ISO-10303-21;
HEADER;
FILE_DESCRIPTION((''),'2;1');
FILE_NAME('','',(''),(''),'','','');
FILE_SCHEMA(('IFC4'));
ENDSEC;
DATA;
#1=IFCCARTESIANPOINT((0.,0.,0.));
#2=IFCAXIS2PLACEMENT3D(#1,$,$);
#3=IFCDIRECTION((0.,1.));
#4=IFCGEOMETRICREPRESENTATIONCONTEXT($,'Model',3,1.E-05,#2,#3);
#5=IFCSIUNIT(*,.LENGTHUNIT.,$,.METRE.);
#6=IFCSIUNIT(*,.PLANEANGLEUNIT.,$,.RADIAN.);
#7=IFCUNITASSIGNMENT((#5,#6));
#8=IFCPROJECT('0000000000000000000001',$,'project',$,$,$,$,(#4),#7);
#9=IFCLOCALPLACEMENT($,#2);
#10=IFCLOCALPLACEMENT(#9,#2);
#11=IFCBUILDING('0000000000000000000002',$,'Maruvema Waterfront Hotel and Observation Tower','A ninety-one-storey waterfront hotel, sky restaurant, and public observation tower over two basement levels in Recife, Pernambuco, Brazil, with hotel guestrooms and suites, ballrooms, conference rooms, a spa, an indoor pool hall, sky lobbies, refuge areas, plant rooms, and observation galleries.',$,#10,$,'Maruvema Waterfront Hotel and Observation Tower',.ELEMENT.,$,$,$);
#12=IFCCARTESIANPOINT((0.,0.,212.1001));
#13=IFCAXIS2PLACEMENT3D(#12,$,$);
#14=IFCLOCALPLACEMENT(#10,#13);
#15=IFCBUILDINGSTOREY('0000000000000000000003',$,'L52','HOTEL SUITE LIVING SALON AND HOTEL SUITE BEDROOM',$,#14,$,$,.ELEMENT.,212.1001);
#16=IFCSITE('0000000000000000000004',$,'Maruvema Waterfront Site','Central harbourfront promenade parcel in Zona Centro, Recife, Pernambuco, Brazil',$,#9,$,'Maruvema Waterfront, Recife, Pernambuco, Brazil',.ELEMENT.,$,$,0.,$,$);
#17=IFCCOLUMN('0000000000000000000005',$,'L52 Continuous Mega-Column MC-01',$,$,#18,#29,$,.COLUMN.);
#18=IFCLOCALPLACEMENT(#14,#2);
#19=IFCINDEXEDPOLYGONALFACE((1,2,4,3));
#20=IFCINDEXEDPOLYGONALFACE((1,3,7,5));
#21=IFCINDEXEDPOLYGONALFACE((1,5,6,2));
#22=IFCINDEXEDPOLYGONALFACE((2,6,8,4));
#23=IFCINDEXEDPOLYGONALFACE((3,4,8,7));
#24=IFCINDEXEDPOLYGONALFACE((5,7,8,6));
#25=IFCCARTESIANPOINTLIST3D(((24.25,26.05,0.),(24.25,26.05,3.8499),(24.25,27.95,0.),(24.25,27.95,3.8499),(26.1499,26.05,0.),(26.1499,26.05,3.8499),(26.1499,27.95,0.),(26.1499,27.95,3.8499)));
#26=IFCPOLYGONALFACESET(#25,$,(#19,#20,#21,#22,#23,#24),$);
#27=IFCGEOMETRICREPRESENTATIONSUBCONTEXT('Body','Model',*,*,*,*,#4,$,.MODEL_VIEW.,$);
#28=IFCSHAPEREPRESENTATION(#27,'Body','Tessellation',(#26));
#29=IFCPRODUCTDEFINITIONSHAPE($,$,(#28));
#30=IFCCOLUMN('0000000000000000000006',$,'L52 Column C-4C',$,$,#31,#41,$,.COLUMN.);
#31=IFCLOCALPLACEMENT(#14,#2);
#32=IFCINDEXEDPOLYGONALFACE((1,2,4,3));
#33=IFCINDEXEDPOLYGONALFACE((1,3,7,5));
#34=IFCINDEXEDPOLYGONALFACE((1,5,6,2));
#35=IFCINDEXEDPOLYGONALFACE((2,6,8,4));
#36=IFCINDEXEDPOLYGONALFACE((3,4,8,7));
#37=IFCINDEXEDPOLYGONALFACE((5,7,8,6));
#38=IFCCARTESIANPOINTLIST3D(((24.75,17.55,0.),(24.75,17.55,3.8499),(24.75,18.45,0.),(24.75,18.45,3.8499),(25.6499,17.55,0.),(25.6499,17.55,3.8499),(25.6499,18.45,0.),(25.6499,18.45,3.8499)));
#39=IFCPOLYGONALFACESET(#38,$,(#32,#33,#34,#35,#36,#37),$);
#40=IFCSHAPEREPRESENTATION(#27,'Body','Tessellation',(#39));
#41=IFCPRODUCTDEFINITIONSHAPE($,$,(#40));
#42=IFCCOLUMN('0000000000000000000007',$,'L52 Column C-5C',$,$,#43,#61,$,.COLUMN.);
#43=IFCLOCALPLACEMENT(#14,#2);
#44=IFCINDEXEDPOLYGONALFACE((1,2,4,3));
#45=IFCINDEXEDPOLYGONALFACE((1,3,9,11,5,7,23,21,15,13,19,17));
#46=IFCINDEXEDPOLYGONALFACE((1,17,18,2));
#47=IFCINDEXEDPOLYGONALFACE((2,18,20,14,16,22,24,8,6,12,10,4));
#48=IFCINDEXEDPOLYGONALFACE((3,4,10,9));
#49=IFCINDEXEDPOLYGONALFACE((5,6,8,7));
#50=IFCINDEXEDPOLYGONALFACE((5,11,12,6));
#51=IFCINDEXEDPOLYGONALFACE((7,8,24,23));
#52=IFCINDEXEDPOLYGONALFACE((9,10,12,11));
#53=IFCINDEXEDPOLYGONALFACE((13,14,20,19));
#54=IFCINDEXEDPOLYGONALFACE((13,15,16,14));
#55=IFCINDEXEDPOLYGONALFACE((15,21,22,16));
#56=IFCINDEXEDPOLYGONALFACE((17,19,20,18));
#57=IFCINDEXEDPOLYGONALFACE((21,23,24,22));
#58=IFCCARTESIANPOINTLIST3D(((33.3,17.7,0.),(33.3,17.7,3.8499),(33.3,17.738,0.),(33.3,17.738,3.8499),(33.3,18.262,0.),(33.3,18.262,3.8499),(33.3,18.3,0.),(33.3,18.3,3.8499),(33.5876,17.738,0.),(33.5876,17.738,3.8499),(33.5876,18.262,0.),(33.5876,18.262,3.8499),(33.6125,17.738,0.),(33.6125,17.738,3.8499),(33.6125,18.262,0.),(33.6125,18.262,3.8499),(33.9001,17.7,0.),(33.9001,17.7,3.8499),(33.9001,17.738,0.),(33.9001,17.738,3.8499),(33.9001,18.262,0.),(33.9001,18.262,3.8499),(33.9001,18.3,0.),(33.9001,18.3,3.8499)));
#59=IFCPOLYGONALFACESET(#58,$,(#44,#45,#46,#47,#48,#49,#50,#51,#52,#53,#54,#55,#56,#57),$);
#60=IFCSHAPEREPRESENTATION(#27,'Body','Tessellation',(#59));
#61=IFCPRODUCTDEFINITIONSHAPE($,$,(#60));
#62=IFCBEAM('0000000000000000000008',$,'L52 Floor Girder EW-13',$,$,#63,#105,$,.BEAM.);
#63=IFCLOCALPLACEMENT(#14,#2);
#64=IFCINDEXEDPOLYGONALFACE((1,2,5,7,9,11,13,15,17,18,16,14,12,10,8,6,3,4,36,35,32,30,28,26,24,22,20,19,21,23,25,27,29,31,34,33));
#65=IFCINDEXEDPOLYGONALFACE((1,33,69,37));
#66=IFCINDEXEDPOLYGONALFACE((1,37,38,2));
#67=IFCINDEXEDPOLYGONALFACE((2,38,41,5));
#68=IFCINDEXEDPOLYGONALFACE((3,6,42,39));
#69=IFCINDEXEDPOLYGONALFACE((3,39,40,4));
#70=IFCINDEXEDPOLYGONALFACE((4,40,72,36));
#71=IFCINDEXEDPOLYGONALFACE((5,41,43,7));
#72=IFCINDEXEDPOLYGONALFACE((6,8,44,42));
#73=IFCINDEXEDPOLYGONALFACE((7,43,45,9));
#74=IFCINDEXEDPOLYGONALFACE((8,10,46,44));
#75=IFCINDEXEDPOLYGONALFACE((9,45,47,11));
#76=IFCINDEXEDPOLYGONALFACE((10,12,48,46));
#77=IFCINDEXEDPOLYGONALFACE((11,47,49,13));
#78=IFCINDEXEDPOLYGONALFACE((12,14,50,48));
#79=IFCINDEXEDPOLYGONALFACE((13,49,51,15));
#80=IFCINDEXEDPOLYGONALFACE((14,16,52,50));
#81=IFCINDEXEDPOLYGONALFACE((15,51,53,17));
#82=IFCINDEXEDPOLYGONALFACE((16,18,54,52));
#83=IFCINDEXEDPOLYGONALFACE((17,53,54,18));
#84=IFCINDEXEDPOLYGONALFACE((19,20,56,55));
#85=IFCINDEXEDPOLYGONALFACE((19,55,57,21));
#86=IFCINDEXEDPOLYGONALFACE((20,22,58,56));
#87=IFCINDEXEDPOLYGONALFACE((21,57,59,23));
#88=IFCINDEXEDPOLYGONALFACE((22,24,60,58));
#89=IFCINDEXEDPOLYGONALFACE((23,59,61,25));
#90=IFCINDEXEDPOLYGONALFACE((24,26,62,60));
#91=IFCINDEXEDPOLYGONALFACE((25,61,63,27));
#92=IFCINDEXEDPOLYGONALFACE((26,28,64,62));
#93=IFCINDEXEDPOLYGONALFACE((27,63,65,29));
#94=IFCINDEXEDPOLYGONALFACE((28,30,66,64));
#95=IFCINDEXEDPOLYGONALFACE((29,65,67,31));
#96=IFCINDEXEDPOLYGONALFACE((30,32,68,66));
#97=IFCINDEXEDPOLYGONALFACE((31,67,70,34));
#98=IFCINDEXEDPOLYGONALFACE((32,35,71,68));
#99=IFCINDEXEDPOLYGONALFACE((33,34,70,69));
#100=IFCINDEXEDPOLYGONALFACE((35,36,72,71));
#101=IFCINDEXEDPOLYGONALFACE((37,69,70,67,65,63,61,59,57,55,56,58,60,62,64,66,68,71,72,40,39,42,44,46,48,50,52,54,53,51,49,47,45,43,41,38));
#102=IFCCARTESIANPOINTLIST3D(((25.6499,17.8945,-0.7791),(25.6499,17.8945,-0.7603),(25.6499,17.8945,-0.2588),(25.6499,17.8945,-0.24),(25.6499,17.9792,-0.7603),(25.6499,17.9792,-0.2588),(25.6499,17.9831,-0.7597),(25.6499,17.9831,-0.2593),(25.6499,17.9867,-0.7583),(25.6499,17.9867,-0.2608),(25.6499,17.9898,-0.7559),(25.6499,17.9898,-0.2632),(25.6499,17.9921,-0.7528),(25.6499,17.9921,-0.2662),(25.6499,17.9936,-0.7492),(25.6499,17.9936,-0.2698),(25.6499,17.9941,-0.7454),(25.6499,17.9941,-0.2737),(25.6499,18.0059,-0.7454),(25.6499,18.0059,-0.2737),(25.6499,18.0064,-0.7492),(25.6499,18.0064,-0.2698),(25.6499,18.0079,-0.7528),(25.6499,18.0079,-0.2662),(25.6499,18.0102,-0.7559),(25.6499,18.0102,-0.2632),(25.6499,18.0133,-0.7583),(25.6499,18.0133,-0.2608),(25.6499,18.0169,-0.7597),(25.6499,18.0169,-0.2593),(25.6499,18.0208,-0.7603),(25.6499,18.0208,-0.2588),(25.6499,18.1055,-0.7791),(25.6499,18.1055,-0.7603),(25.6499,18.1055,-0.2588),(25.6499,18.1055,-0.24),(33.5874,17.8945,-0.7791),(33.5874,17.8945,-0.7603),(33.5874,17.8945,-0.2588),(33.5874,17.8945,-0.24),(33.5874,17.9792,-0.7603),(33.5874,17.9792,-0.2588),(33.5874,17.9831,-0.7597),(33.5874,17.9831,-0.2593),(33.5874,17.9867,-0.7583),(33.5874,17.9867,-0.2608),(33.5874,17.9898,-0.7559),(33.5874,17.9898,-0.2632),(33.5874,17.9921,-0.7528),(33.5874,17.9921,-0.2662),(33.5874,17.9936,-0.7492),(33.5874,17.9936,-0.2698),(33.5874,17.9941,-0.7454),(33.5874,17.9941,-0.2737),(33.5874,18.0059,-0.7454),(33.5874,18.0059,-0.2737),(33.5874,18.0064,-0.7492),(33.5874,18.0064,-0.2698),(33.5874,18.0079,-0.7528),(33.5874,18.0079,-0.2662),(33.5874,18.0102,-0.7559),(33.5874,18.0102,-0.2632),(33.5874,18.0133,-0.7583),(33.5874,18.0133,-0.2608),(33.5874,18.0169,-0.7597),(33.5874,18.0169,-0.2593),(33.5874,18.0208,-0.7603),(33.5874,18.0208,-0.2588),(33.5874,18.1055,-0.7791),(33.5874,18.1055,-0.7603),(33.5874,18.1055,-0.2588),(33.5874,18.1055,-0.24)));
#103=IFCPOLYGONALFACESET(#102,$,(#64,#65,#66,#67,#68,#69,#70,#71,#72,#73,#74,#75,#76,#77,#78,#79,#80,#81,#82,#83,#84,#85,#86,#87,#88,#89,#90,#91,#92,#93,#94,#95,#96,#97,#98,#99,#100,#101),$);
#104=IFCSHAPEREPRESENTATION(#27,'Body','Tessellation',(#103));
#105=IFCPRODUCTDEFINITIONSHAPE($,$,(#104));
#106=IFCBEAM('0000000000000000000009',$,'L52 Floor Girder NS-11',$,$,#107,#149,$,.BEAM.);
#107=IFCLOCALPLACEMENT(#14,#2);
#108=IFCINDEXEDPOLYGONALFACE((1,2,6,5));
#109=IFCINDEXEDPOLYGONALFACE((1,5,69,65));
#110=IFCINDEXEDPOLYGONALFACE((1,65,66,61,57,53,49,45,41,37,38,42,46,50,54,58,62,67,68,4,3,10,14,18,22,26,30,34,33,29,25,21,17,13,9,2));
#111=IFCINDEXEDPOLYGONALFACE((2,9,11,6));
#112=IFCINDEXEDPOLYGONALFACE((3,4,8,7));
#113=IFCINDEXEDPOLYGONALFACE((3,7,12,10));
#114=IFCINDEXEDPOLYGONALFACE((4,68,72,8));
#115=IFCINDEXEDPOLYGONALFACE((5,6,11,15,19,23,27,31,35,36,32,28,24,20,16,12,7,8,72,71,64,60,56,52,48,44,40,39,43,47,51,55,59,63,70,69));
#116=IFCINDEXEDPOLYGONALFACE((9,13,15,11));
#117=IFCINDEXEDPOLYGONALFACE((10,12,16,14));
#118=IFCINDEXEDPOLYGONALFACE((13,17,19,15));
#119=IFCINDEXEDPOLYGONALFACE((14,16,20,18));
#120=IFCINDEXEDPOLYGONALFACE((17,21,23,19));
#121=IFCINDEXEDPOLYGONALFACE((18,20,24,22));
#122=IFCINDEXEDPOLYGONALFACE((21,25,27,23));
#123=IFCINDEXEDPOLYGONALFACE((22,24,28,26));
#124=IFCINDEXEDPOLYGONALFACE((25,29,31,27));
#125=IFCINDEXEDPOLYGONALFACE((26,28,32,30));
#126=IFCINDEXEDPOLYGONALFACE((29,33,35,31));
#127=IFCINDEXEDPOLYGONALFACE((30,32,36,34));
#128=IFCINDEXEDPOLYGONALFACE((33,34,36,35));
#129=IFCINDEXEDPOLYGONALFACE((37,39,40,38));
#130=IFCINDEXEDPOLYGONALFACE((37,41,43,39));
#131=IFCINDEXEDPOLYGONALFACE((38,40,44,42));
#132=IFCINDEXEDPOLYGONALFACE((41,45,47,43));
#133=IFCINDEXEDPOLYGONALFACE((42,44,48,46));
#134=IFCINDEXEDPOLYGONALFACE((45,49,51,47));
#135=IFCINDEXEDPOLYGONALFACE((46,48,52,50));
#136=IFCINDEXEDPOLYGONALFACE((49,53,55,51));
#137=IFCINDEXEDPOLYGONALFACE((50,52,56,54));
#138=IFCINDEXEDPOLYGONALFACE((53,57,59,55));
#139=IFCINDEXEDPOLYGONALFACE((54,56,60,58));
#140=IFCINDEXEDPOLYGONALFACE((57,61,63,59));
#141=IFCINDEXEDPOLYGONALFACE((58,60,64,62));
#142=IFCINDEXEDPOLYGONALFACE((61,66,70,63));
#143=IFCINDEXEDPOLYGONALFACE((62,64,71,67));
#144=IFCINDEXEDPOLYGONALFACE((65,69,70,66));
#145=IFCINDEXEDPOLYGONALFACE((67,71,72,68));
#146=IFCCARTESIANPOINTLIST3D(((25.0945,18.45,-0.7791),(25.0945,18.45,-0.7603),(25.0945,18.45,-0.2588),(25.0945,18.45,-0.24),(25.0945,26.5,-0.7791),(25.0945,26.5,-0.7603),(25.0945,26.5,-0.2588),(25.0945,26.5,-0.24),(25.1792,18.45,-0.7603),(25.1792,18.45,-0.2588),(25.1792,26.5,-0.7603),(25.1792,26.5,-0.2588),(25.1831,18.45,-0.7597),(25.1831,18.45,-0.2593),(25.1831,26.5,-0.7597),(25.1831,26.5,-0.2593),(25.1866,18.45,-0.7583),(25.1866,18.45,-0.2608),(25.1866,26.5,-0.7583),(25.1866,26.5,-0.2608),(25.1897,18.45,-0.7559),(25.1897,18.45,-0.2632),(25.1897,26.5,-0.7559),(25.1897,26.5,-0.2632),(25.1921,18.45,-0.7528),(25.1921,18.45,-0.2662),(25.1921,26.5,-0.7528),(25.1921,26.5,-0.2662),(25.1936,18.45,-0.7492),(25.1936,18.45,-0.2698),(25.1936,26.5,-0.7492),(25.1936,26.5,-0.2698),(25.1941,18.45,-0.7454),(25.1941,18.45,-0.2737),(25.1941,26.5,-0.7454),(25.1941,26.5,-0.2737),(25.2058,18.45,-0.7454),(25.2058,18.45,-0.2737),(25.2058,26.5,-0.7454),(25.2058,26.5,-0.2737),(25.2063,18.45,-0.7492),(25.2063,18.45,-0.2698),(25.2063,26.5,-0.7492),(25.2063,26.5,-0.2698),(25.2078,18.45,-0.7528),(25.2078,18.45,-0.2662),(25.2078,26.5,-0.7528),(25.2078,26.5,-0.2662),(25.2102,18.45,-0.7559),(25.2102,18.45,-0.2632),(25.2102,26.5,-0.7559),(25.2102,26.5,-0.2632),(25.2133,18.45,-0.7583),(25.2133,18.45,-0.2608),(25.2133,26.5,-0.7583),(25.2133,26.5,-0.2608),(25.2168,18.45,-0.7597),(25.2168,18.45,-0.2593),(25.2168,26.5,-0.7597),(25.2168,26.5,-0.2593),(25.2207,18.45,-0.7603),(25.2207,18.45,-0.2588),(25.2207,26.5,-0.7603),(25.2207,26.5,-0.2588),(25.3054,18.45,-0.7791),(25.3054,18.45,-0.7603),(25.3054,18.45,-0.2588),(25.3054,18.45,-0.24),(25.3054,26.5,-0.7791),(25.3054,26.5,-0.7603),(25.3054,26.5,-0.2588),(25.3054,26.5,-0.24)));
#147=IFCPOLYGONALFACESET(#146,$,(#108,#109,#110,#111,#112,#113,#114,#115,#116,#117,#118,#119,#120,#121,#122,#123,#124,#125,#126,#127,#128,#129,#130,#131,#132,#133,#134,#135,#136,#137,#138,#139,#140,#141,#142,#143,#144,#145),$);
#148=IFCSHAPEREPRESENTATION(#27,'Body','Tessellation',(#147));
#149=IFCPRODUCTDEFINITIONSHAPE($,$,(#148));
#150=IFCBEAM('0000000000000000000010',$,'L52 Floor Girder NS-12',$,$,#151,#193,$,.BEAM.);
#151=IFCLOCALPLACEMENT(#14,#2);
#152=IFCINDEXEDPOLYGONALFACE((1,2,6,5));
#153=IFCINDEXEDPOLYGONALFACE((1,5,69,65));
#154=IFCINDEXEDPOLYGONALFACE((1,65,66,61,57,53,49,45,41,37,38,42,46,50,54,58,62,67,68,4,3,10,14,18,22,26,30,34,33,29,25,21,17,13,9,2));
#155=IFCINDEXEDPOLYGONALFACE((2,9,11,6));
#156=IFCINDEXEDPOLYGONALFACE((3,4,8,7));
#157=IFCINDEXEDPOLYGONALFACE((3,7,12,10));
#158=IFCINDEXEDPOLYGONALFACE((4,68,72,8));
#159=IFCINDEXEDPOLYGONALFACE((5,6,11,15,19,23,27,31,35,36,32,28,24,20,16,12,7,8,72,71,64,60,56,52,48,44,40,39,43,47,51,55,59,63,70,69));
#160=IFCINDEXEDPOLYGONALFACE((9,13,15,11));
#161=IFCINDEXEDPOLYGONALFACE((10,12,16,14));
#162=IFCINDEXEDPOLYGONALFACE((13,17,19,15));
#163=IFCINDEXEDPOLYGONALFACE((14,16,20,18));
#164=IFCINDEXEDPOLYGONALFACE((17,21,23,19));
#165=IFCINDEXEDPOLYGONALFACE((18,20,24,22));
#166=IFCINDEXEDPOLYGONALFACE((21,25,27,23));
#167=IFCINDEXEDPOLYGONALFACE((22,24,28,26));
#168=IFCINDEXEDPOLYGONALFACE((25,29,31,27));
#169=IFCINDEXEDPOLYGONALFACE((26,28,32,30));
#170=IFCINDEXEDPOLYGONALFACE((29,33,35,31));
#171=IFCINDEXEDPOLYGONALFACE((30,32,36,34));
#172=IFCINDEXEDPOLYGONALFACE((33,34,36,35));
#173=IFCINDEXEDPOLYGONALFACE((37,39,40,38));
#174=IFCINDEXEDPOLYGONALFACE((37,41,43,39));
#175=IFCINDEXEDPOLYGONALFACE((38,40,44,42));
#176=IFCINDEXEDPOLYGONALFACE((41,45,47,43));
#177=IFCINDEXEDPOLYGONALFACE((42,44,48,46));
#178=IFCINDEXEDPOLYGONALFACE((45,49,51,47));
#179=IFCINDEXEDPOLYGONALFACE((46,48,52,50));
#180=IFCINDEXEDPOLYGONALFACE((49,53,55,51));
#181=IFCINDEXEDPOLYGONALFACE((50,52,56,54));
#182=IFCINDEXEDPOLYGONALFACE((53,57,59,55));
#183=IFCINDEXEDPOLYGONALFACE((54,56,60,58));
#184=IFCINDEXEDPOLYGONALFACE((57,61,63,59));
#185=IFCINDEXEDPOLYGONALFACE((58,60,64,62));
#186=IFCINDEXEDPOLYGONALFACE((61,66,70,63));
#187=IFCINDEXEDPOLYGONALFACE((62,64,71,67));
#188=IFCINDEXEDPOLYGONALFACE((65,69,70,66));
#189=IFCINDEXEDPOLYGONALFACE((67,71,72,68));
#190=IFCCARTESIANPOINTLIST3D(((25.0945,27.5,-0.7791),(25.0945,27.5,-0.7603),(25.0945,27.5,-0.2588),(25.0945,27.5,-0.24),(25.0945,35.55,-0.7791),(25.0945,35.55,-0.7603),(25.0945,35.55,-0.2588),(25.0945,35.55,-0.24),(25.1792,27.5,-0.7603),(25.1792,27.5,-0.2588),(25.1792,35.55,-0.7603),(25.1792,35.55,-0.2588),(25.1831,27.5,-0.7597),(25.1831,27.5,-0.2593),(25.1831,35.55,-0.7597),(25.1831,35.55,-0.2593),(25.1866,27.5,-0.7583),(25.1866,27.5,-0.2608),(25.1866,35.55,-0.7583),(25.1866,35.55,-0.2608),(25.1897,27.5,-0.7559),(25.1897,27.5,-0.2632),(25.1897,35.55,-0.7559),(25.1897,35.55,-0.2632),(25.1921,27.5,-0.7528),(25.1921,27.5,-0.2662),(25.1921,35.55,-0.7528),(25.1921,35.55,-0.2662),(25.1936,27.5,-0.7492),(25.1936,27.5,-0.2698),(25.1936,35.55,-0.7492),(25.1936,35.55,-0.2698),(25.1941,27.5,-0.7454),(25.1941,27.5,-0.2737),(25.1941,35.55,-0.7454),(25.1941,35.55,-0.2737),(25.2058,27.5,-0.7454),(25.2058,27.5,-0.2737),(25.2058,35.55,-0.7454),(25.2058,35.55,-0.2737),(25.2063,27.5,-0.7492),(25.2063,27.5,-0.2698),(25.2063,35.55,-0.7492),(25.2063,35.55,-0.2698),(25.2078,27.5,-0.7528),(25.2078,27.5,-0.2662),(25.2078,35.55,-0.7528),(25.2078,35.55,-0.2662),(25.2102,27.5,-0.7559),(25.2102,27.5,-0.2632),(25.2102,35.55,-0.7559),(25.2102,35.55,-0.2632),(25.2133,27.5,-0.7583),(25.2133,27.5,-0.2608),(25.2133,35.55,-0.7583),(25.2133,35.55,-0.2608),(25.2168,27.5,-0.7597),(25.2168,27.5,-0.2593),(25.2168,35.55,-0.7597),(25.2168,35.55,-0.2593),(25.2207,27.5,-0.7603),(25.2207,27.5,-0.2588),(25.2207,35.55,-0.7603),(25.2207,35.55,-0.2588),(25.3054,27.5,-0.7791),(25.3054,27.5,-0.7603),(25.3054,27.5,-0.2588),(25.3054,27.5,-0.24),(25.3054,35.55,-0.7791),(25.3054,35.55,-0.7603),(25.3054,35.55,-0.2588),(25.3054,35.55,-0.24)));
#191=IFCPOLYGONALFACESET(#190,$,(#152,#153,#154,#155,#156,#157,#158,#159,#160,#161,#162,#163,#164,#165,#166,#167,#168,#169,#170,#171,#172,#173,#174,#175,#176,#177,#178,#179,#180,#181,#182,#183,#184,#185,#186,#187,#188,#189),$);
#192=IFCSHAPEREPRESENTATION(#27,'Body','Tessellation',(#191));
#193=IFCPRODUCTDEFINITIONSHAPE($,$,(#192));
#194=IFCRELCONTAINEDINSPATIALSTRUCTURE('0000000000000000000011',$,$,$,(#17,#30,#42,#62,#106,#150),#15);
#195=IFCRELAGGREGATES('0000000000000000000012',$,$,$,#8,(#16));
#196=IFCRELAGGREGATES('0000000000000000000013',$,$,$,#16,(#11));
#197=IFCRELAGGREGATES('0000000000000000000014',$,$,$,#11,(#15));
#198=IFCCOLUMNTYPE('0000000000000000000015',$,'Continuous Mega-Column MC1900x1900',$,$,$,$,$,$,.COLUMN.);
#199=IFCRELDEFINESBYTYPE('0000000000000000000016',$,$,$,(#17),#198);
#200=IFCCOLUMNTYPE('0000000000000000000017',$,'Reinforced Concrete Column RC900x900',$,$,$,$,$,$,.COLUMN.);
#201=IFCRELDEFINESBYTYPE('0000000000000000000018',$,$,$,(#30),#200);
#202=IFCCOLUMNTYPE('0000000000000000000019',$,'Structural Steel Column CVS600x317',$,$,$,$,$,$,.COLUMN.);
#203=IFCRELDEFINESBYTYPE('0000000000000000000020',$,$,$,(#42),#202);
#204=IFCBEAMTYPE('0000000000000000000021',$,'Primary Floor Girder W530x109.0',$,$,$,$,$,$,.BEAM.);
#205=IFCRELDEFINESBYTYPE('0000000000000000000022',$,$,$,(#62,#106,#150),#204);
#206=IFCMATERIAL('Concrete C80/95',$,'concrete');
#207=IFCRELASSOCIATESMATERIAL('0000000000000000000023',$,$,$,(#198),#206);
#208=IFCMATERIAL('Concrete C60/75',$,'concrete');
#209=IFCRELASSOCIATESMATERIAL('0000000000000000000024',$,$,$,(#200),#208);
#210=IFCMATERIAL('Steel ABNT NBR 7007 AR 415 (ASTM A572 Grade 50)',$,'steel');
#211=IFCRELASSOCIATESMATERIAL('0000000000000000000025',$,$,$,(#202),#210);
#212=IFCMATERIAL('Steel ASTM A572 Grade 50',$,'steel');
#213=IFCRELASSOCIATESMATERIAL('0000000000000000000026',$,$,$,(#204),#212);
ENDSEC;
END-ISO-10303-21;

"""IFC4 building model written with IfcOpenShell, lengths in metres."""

from ifc_helpers import new_model, si_unit, direction, frame, origin, origin_2d, place, context, subcontext, project, spatial, rectangle, i_section, extrude, material, material_profile, profile_set, type_object, element, save


model = new_model("IFC4")

# Units and contexts
model_context = context("Model", 3, precision=1e-05, world=origin(), true_north=direction((0.0, 1.0)))
body_context = subcontext(model_context, "Body", "Model", "MODEL_VIEW")
ifc_project = project(units=[si_unit("LENGTHUNIT", "METRE"), si_unit("PLANEANGLEUNIT", "RADIAN")], contexts=[model_context])

# Site, building, storey
site_placement = place(None, origin())
site = spatial("IfcSite", under=ifc_project, at=site_placement, Name="Maruvema Waterfront Site", Description="Central harbourfront promenade parcel in Zona Centro, Recife, Pernambuco, Brazil", LongName="Maruvema Waterfront, Recife, Pernambuco, Brazil", CompositionType="ELEMENT", RefElevation=0.0)
building_placement = place(site_placement, origin())
building = spatial("IfcBuilding", under=site, at=building_placement, Name="Maruvema Waterfront Hotel and Observation Tower", Description="A ninety-one-storey waterfront hotel, sky restaurant, and public observation tower over two basement levels in Recife, Pernambuco, Brazil, with hotel guestrooms and suites, ballrooms, conference rooms, a spa, an indoor pool hall, sky lobbies, refuge areas, plant rooms, and observation galleries.", LongName="Maruvema Waterfront Hotel and Observation Tower", CompositionType="ELEMENT")
storey_placement = place(building_placement, frame((0.0, 0.0, 212.1001)))
storey = spatial("IfcBuildingStorey", under=building, at=storey_placement, Name="L52", Description="HOTEL SUITE LIVING SALON AND HOTEL SUITE BEDROOM", CompositionType="ELEMENT", Elevation=212.1001)

# Columns
ifc_material_1 = material(Name="Concrete C80/95", Category="concrete")
ifc_material_profile_1 = material_profile(ifc_material_1, rectangle(XDim=1.8999, YDim=1.8999, at=origin_2d()), Name="MC1900x1900")
ifc_profile_set_1 = profile_set([ifc_material_profile_1], Name="Concrete C80/95")
column_type_1 = type_object("IfcColumnType", Name="Continuous Mega-Column MC1900x1900", PredefinedType="COLUMN", material=ifc_profile_set_1)
column_1_placement = place(storey_placement, frame((25.2, 27.0, 0.0), z_axis=(0.0, 0.0, 1.0), x_axis=(1.0, 0.0, 0.0)))
element("IfcColumn", 1, at=column_1_placement, inside=storey, type_object=column_type_1, Name="L52 Continuous Mega-Column MC-01", PredefinedType="COLUMN", context=body_context, shape_type="SweptSolid", body=[
    extrude(rectangle(XDim=1.8999, YDim=1.8999, at=origin_2d()), origin(), (0.0, 0.0, 1.0), 3.8499),
])
ifc_material_2 = material(Name="Concrete C60/75", Category="concrete")
ifc_material_profile_2 = material_profile(ifc_material_2, rectangle(XDim=0.8999, YDim=0.8999, at=origin_2d()), Name="RC900x900")
ifc_profile_set_2 = profile_set([ifc_material_profile_2], Name="Concrete C60/75")
column_type_2 = type_object("IfcColumnType", Name="Reinforced Concrete Column RC900x900", PredefinedType="COLUMN", material=ifc_profile_set_2)
column_2_placement = place(storey_placement, frame((25.2, 18.0, 0.0), z_axis=(0.0, 0.0, 1.0), x_axis=(1.0, 0.0, 0.0)))
element("IfcColumn", 2, at=column_2_placement, inside=storey, type_object=column_type_2, Name="L52 Column C-4C", PredefinedType="COLUMN", context=body_context, shape_type="SweptSolid", body=[
    extrude(rectangle(XDim=0.8999, YDim=0.8999, at=origin_2d()), origin(), (0.0, 0.0, 1.0), 3.8499),
])
ifc_material_3 = material(Name="Steel ABNT NBR 7007 AR 415 (ASTM A572 Grade 50)", Category="steel")
ifc_material_profile_3 = material_profile(ifc_material_3, i_section(OverallWidth=0.6001, OverallDepth=0.6001, WebThickness=0.0249, FlangeThickness=0.0381, at=origin_2d()), Name="CVS600x317")
ifc_profile_set_3 = profile_set([ifc_material_profile_3], Name="Steel ABNT NBR 7007 AR 415 (ASTM A572 Grade 50)")
column_type_3 = type_object("IfcColumnType", Name="Structural Steel Column CVS600x317", PredefinedType="COLUMN", material=ifc_profile_set_3)
column_3_placement = place(storey_placement, frame((33.6001, 18.0, 0.0), z_axis=(0.0, 0.0, 1.0), x_axis=(1.0, 0.0, 0.0)))
element("IfcColumn", 3, at=column_3_placement, inside=storey, type_object=column_type_3, Name="L52 Column C-5C", PredefinedType="COLUMN", context=body_context, shape_type="SweptSolid", body=[
    extrude(i_section(OverallWidth=0.6001, OverallDepth=0.6001, WebThickness=0.0249, FlangeThickness=0.0381, at=origin_2d()), origin(), (0.0, 0.0, 1.0), 3.8499),
])

# Beams
ifc_material_4 = material(Name="Steel ASTM A572 Grade 50", Category="steel")
ifc_material_profile_4 = material_profile(ifc_material_4, i_section(OverallWidth=0.2109, OverallDepth=0.5391, WebThickness=0.0117, FlangeThickness=0.0188, FilletRadius=0.0149, at=origin_2d()), Name="W530x109.0")
ifc_profile_set_4 = profile_set([ifc_material_profile_4], Name="Steel ASTM A572 Grade 50")
beam_type_1 = type_object("IfcBeamType", Name="Primary Floor Girder W530x109.0", PredefinedType="BEAM", material=ifc_profile_set_4)
beam_1_placement = place(storey_placement, frame((25.6499, 18.0, -0.5095), z_axis=(1.0, 0.0, 0.0), x_axis=(0.0, 1.0, 0.0)))
element("IfcBeam", 4, at=beam_1_placement, inside=storey, type_object=beam_type_1, Name="L52 Floor Girder EW-13", PredefinedType="BEAM", context=body_context, shape_type="SweptSolid", body=[
    extrude(i_section(OverallWidth=0.2109, OverallDepth=0.5391, WebThickness=0.0117, FlangeThickness=0.0188, FilletRadius=0.0149, at=origin_2d()), origin(), (0.0, 0.0, 1.0), 7.9375),
])
for number, where, z_axis, x_axis, name in (
    (5, (25.2, 18.45, -0.5095), (0.0, 1.0, 0.0), (-1.0, 0.0, 0.0), "L52 Floor Girder NS-11"),
    (6, (25.2, 27.5, -0.5095), (0.0, 1.0, 0.0), (-1.0, 0.0, 0.0), "L52 Floor Girder NS-12"),
):
    element("IfcBeam", number, at=place(storey_placement, frame(where, z_axis=z_axis, x_axis=x_axis)), inside=storey, type_object=beam_type_1, Name=name, PredefinedType="BEAM", context=body_context, shape_type="SweptSolid", body=[
        extrude(i_section(OverallWidth=0.2109, OverallDepth=0.5391, WebThickness=0.0117, FlangeThickness=0.0188, FilletRadius=0.0149, at=origin_2d()), origin(), (0.0, 0.0, 1.0), 8.05),
    ])

save(model, "model.ifc")
